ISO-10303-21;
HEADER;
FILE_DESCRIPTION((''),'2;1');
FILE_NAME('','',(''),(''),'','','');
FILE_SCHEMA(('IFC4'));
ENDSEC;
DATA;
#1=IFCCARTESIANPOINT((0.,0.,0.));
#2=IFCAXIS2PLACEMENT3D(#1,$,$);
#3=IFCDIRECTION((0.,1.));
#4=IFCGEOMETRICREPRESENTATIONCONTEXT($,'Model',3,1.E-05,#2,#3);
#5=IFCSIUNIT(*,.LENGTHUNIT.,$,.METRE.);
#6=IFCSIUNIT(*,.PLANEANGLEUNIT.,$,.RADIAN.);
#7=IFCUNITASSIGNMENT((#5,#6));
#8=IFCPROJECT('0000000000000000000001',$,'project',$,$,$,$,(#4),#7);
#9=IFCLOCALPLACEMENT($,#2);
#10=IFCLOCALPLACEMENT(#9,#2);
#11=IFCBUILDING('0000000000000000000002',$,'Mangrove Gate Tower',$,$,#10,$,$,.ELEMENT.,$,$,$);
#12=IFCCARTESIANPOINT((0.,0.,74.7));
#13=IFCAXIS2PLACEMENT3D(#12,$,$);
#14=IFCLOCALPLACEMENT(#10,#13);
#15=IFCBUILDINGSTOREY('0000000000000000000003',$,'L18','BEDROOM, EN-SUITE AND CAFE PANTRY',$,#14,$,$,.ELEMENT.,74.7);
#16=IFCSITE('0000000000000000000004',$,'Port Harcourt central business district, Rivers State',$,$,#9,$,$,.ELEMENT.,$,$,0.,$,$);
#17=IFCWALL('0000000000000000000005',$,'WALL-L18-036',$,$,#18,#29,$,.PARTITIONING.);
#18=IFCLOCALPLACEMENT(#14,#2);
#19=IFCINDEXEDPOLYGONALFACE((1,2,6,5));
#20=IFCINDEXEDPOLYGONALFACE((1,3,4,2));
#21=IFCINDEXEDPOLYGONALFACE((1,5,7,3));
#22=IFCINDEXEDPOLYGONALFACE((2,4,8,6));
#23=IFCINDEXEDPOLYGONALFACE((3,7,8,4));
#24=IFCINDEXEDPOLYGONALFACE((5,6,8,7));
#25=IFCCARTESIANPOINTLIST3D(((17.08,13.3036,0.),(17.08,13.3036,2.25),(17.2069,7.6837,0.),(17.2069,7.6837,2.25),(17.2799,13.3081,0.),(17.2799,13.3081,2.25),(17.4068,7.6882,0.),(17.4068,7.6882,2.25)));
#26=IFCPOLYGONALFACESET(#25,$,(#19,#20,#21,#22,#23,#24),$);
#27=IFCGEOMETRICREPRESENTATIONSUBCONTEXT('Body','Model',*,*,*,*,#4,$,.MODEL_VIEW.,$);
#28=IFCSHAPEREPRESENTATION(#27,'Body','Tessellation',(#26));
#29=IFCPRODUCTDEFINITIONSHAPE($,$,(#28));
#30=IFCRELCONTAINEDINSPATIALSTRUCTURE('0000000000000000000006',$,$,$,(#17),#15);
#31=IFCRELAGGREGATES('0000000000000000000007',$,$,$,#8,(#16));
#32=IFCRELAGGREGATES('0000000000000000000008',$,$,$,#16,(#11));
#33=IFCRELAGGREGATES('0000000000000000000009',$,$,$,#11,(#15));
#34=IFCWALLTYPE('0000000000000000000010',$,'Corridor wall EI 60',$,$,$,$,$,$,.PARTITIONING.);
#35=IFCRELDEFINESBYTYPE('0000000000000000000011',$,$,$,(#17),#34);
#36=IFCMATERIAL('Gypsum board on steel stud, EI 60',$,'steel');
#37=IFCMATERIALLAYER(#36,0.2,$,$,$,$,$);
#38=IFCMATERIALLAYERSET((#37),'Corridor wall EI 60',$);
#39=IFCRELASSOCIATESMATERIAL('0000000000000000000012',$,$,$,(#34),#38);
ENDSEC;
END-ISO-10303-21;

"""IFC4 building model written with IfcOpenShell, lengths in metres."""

from ifc_helpers import new_model, si_unit, direction, frame, frame_2d, origin, place, context, subcontext, project, spatial, rectangle, extrude, material, layer, layer_set, type_object, element, save


model = new_model("IFC4")

# Units and contexts
model_context = context("Model", 3, precision=1e-05, world=origin(), true_north=direction((0.0, 1.0)))
body_context = subcontext(model_context, "Body", "Model", "MODEL_VIEW")
ifc_project = project(units=[si_unit("LENGTHUNIT", "METRE"), si_unit("PLANEANGLEUNIT", "RADIAN")], contexts=[model_context])

# Site, building, storey
site_placement = place(None, origin())
site = spatial("IfcSite", under=ifc_project, at=site_placement, Name="Port Harcourt central business district, Rivers State", CompositionType="ELEMENT", RefElevation=0.0)
building_placement = place(site_placement, origin())
building = spatial("IfcBuilding", under=site, at=building_placement, Name="Mangrove Gate Tower", CompositionType="ELEMENT")
storey_placement = place(building_placement, frame((0.0, 0.0, 74.7)))
storey = spatial("IfcBuildingStorey", under=building, at=storey_placement, Name="L18", Description="BEDROOM, EN-SUITE AND CAFE PANTRY", CompositionType="ELEMENT", Elevation=74.7)

# Wall
ifc_material_1 = material(Name="Gypsum board on steel stud, EI 60", Category="steel")
ifc_layer_1 = layer(ifc_material_1, 0.2)
ifc_layer_set_1 = layer_set([ifc_layer_1], Name="Corridor wall EI 60")
wall_type_1 = type_object("IfcWallType", Name="Corridor wall EI 60", PredefinedType="PARTITIONING", material=ifc_layer_set_1)
wall_placement = place(storey_placement, frame((17.3069, 7.686, 0.0), z_axis=(0.0, 0.0, 1.0), x_axis=(-0.022584, 0.999745, 0.0)))
element("IfcWall", 1, at=wall_placement, inside=storey, type_object=wall_type_1, Name="WALL-L18-036", PredefinedType="PARTITIONING", context=body_context, shape_type="SweptSolid", body=[
    extrude(rectangle(XDim=5.6213, YDim=0.2, at=frame_2d((2.8105, 0.0))), origin(), (0.0, 0.0, 1.0), 2.25),
])

save(model, "model.ifc")
